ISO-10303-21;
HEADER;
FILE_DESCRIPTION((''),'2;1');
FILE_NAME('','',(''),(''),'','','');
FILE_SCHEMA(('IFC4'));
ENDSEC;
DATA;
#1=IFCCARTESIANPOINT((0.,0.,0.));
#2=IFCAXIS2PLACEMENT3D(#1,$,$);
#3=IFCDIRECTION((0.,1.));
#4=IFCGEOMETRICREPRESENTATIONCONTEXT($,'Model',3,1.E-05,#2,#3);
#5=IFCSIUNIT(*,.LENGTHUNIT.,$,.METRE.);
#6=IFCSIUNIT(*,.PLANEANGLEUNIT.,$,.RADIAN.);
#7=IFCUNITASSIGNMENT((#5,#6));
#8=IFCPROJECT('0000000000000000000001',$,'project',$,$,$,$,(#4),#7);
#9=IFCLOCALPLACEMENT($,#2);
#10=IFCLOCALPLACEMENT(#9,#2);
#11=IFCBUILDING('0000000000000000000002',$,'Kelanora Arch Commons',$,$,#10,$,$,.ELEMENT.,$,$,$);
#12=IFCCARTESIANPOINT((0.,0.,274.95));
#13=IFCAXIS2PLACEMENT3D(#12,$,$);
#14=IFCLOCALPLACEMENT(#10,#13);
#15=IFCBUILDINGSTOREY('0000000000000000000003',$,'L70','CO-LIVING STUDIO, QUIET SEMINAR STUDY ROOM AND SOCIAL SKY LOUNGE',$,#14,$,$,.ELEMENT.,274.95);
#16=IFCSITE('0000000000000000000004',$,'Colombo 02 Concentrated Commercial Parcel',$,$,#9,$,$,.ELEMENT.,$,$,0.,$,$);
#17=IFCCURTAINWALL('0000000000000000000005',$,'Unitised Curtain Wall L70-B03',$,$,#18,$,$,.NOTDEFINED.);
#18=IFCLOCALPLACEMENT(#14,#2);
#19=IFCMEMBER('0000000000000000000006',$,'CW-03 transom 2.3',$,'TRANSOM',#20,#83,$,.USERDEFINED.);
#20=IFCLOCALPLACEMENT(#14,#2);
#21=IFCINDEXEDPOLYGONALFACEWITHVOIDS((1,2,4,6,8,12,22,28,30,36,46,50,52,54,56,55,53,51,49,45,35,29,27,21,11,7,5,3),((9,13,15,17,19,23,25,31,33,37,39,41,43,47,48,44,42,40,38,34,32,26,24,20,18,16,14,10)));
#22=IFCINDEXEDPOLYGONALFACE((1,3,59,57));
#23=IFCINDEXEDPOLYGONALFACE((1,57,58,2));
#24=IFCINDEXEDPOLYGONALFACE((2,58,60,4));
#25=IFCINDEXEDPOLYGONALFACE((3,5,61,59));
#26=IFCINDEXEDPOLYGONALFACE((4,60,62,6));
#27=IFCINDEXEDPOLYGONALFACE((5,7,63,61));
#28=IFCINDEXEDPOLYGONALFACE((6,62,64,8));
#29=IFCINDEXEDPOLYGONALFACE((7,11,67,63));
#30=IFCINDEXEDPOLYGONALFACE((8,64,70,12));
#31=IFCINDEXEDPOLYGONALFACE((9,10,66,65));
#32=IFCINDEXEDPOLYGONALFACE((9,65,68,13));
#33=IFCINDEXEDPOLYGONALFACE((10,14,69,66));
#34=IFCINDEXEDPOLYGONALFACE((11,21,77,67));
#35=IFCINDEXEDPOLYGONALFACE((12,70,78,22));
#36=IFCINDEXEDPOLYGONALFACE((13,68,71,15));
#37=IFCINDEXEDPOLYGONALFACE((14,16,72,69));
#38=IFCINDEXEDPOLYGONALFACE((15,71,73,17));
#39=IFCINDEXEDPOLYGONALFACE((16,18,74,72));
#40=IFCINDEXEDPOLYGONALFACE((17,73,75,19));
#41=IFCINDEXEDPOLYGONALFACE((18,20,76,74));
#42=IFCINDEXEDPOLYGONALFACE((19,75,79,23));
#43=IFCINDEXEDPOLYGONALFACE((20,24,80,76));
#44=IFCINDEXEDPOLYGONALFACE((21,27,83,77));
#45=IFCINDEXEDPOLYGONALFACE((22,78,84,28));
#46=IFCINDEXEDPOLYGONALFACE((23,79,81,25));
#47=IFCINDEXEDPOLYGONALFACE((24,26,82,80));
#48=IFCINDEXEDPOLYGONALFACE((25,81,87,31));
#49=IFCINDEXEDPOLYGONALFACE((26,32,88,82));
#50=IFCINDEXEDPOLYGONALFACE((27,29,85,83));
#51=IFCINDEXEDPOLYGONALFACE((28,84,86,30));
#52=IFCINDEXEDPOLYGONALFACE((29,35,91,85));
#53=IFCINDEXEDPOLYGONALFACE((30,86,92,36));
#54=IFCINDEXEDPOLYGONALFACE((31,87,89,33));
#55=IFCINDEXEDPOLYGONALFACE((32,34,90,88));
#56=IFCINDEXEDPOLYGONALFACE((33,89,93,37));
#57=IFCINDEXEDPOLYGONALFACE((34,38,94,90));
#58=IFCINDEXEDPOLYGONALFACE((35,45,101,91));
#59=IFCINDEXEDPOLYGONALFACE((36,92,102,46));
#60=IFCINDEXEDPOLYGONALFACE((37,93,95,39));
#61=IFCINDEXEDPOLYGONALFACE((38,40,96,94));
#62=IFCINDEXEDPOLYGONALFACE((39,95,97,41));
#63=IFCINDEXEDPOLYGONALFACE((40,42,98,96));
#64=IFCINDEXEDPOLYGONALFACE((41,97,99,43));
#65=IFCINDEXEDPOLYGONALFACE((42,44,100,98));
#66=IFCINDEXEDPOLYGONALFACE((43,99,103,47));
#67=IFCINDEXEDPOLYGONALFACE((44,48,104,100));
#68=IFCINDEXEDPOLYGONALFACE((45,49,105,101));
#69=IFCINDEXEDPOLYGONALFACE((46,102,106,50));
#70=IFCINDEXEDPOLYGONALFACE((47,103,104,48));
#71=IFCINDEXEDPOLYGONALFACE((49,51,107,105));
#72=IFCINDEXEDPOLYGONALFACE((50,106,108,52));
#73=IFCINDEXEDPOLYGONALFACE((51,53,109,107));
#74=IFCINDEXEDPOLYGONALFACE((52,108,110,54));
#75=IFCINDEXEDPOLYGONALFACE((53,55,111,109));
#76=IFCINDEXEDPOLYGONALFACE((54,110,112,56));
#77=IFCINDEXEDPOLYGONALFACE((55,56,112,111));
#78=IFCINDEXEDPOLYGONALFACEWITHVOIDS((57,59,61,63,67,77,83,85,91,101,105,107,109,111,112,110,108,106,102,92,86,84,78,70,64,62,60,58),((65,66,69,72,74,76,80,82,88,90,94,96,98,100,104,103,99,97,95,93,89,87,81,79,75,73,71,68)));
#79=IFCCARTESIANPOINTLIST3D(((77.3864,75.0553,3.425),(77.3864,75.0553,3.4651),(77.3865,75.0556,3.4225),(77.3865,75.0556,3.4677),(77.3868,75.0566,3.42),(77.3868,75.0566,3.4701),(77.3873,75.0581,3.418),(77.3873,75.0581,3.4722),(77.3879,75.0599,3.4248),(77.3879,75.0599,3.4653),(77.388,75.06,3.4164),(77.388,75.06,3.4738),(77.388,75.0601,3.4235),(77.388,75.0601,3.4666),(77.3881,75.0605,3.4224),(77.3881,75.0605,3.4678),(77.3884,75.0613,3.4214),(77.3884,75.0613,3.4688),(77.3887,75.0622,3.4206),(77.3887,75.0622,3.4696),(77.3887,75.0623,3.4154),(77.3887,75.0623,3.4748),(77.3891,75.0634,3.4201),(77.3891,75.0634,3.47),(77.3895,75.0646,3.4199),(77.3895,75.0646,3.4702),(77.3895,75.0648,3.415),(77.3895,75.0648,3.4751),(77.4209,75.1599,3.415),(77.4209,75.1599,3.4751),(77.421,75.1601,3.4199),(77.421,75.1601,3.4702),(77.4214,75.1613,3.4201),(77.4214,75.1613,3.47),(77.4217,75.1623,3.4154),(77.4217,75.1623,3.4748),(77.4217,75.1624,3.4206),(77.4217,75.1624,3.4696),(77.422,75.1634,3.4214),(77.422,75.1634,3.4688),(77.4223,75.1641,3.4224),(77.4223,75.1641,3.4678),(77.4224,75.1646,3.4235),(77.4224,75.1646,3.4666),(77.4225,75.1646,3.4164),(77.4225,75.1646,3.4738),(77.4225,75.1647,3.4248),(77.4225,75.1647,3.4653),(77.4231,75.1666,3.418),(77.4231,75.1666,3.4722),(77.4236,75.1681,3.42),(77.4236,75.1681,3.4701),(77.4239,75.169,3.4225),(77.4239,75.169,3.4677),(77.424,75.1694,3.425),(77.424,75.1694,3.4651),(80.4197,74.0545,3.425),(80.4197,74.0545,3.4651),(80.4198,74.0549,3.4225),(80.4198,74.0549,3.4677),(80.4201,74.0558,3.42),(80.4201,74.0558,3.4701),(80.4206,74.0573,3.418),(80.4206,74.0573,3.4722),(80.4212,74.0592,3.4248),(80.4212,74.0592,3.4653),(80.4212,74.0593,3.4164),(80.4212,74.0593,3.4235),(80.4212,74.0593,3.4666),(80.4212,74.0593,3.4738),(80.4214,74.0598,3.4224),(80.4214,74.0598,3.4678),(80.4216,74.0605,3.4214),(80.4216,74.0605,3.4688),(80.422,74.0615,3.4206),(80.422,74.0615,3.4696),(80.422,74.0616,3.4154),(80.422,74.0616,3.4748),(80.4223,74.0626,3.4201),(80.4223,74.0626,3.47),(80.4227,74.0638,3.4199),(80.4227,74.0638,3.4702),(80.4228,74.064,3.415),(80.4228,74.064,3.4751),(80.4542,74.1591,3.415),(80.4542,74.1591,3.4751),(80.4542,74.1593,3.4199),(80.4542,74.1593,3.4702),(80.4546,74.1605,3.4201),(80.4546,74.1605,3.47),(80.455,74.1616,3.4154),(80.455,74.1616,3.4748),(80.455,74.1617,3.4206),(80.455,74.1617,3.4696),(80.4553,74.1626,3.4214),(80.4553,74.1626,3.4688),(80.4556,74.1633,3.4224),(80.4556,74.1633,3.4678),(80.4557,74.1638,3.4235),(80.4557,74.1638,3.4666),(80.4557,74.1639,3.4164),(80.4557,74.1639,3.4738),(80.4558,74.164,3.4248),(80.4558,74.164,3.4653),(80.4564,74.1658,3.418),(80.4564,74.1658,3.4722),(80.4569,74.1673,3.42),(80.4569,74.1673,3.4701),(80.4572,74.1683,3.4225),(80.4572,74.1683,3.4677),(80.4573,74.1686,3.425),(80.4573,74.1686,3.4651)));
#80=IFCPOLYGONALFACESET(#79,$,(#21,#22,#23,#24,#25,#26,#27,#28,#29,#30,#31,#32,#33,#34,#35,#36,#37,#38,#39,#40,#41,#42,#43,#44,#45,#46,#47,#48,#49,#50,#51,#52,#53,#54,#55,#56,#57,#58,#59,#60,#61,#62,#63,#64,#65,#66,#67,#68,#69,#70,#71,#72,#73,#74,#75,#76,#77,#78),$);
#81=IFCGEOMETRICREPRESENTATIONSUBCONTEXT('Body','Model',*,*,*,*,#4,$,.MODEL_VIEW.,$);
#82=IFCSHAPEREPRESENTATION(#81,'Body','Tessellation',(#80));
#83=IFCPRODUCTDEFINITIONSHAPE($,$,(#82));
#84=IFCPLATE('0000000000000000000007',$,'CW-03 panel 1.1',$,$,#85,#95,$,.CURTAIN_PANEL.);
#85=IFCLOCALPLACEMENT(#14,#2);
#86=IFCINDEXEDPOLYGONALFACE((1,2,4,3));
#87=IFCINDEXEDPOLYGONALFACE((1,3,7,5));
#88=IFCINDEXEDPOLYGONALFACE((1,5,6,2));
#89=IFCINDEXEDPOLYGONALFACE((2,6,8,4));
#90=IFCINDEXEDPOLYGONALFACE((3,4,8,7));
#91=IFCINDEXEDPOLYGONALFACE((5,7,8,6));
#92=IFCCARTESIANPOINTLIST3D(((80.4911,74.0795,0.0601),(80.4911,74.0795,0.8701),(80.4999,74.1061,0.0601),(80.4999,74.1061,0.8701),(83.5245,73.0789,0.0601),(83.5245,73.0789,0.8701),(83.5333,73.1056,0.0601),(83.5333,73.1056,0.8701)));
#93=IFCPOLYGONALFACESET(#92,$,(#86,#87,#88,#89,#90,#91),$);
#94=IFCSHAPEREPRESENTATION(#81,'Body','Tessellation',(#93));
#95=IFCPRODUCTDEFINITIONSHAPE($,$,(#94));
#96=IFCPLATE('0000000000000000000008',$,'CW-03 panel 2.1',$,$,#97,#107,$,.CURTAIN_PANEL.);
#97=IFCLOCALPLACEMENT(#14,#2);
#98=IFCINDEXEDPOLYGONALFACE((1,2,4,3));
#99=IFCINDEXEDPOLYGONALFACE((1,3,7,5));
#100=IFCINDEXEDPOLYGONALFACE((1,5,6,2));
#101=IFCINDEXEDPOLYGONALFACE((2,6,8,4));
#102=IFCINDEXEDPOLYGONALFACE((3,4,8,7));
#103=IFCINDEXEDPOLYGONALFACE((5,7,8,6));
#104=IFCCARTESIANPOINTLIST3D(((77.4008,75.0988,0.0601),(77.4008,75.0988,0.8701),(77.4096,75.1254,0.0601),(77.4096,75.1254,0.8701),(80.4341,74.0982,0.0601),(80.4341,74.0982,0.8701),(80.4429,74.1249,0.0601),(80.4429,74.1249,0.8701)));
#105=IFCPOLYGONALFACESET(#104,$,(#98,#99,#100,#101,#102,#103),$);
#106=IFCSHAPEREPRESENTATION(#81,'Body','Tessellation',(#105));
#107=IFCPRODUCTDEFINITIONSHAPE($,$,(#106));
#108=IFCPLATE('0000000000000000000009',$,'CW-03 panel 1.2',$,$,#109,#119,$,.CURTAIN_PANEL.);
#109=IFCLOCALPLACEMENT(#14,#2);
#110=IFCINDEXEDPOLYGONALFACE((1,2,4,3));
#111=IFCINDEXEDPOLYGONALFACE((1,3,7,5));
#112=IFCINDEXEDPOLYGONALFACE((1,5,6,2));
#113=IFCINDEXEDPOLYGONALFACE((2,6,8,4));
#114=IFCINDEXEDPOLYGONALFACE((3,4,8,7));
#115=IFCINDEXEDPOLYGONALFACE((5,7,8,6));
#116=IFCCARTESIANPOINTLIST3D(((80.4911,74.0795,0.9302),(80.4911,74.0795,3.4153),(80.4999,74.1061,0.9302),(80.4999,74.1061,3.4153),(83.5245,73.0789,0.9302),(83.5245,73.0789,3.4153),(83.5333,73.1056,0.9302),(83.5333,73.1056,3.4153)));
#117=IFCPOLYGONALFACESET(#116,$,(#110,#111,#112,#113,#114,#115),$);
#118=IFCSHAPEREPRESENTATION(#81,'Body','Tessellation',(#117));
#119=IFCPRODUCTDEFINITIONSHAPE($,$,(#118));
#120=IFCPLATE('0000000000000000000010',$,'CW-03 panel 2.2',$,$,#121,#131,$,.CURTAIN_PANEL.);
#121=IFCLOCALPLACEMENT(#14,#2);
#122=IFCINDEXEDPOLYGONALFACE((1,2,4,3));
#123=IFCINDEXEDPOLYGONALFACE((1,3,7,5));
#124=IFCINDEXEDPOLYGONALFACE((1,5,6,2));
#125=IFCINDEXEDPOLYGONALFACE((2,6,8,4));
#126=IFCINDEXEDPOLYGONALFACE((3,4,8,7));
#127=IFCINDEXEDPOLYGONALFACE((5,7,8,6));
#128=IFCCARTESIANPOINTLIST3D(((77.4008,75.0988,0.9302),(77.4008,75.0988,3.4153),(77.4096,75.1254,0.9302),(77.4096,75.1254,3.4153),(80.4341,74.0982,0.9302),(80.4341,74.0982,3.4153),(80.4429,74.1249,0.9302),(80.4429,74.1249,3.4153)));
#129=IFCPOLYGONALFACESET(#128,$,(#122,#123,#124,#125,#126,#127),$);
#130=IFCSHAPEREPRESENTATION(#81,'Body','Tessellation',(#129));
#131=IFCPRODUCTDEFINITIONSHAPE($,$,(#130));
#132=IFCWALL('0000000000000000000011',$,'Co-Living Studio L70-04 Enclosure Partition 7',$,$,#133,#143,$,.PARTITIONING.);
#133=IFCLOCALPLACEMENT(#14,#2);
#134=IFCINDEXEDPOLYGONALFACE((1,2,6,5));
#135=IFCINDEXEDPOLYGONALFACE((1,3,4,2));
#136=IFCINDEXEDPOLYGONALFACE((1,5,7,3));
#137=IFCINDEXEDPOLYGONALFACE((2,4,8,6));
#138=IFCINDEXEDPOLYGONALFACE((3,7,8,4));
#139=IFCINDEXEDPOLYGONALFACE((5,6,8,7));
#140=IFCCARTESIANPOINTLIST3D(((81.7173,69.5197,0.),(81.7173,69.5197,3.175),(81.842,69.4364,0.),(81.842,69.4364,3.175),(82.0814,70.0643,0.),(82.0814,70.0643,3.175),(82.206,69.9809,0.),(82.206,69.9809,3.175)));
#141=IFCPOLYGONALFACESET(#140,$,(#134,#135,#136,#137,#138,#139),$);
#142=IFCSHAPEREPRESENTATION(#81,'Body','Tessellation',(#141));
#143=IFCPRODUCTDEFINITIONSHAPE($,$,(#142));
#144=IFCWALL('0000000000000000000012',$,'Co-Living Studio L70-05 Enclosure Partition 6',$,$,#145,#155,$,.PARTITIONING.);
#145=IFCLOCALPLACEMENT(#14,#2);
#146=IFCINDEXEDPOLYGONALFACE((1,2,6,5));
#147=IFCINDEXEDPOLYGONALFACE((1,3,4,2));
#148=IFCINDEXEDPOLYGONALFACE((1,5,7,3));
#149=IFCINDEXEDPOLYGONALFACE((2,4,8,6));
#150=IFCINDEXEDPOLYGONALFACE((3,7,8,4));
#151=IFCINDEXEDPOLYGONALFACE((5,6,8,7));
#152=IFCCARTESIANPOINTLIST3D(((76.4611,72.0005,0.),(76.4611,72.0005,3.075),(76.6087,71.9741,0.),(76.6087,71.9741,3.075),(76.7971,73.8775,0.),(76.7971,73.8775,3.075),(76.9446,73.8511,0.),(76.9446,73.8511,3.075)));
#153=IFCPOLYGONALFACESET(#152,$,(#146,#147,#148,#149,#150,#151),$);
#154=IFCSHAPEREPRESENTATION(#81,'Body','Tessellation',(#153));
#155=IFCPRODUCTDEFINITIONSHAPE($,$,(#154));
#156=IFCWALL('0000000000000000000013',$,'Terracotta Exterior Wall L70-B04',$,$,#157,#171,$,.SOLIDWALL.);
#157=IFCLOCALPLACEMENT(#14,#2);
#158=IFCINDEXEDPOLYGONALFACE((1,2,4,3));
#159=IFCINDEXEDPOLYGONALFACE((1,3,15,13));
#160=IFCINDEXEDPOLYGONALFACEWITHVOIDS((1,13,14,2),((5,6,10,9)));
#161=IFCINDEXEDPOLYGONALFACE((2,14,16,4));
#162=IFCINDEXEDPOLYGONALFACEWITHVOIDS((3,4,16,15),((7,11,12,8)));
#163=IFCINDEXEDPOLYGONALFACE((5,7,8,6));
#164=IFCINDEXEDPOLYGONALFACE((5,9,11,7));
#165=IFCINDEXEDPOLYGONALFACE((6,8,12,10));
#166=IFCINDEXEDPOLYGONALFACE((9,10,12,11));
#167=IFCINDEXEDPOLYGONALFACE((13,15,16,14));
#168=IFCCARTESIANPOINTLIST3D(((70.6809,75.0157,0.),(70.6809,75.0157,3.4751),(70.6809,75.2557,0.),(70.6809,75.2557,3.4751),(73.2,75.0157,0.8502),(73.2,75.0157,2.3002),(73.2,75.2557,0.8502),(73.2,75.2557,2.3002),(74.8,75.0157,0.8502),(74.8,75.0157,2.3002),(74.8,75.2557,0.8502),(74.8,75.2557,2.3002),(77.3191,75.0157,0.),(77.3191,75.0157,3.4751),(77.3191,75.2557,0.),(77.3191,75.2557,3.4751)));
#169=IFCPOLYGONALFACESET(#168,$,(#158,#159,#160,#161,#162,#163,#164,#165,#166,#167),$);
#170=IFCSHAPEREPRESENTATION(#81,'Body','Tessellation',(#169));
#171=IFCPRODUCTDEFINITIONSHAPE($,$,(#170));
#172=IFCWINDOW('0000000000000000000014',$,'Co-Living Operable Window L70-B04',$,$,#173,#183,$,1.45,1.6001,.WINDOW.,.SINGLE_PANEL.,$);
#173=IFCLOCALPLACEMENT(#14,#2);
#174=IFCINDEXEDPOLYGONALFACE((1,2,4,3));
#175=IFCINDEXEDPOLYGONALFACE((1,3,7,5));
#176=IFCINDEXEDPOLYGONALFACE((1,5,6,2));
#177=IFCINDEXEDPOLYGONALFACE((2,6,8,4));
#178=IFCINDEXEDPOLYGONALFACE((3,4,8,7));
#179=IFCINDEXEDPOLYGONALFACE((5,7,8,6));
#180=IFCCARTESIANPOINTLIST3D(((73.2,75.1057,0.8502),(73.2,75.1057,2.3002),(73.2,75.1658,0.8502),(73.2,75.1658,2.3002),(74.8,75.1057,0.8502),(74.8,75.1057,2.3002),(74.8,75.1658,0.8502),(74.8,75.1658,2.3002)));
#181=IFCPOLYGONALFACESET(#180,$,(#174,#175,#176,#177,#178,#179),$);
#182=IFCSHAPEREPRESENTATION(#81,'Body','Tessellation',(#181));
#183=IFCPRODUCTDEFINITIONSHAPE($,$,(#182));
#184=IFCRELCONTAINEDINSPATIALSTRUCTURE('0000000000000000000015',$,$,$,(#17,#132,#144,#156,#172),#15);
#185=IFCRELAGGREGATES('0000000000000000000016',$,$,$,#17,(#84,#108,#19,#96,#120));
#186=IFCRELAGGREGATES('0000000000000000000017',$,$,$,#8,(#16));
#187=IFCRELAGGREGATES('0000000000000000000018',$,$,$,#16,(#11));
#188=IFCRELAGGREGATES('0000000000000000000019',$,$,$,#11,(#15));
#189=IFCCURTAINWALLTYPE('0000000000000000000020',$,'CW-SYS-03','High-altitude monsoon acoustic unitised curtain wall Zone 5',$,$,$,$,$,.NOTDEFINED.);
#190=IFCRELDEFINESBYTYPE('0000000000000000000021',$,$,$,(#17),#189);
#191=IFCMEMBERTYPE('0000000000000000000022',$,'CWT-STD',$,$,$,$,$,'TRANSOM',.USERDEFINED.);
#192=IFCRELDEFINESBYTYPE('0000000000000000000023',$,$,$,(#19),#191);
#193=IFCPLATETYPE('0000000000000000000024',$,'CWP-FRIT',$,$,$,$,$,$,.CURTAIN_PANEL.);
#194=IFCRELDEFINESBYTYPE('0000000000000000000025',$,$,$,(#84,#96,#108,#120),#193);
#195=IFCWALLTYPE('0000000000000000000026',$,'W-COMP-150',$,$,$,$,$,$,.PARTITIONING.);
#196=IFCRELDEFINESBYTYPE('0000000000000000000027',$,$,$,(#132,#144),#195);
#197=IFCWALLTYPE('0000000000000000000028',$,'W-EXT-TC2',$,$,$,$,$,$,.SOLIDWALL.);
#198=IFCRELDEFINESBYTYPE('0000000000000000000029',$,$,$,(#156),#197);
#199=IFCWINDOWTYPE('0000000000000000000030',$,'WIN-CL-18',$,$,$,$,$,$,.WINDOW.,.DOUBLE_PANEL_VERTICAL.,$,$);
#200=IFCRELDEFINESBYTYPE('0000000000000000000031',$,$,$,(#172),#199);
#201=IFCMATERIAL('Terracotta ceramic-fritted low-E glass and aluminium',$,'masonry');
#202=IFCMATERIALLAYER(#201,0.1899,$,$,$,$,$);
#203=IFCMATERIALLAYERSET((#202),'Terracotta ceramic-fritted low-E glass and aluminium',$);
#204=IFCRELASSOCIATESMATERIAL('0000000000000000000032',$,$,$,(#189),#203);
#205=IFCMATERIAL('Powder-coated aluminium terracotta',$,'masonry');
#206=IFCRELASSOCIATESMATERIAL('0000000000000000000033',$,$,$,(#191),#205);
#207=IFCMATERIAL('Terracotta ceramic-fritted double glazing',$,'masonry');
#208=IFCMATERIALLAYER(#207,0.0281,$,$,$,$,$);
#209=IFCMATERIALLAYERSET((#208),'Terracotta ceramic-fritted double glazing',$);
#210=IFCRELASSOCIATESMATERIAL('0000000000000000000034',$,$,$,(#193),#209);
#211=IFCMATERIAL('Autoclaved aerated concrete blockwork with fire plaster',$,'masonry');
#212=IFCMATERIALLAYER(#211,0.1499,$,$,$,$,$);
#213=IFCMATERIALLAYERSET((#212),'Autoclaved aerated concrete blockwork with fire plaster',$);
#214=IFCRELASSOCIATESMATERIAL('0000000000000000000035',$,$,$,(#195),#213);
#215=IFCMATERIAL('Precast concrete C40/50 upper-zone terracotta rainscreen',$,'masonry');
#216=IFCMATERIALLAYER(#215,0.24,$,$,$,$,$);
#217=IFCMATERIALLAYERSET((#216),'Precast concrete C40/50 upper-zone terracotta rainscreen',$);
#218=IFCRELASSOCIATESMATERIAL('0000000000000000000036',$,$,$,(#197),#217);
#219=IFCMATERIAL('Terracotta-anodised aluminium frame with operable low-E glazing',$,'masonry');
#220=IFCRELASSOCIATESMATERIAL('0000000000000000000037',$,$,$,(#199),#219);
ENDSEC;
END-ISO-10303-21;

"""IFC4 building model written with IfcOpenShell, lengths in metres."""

from ifc_helpers import new_model, si_unit, direction, frame, frame_2d, origin, origin_2d, place, context, subcontext, project, spatial, rectangle, hollow_rectangle, extrude, source, transform, mapped, material, layer, layer_set, material_profile, profile_set, type_object, element, fill, aggregate, save


model = new_model("IFC4")

# Units and contexts
model_context = context("Model", 3, precision=1e-05, world=origin(), true_north=direction((0.0, 1.0)))
body_context = subcontext(model_context, "Body", "Model", "MODEL_VIEW")
ifc_project = project(units=[si_unit("LENGTHUNIT", "METRE"), si_unit("PLANEANGLEUNIT", "RADIAN")], contexts=[model_context])

# Site, building, storey
site_placement = place(None, origin())
site = spatial("IfcSite", under=ifc_project, at=site_placement, Name="Colombo 02 Concentrated Commercial Parcel", CompositionType="ELEMENT", RefElevation=0.0)
building_placement = place(site_placement, origin())
building = spatial("IfcBuilding", under=site, at=building_placement, Name="Kelanora Arch Commons", CompositionType="ELEMENT")
storey_placement = place(building_placement, frame((0.0, 0.0, 274.95)))
storey = spatial("IfcBuildingStorey", under=building, at=storey_placement, Name="L70", Description="CO-LIVING STUDIO, QUIET SEMINAR STUDY ROOM AND SOCIAL SKY LOUNGE", CompositionType="ELEMENT", Elevation=274.95)

# Curtain wall, member, plates
ifc_material_1 = material(Name="Terracotta ceramic-fritted low-E glass and aluminium", Category="masonry")
ifc_layer_1 = layer(ifc_material_1, 0.1899)
ifc_layer_set_1 = layer_set([ifc_layer_1], Name="Terracotta ceramic-fritted low-E glass and aluminium")
curtain_wall_type = type_object("IfcCurtainWallType", Name="CW-SYS-03", Description="High-altitude monsoon acoustic unitised curtain wall Zone 5", PredefinedType="NOTDEFINED", material=ifc_layer_set_1)
curtain_wall_placement = place(storey_placement, origin())
curtain_wall = element("IfcCurtainWall", 1, at=curtain_wall_placement, inside=storey, type_object=curtain_wall_type, Name="Unitised Curtain Wall L70-B03", PredefinedType="NOTDEFINED")
ifc_material_2 = material(Name="Powder-coated aluminium terracotta", Category="masonry")
ifc_material_profile_1 = material_profile(ifc_material_2, hollow_rectangle(XDim=0.1201, YDim=0.0601, WallThickness=0.0049, InnerFilletRadius=0.0049, OuterFilletRadius=0.01, at=origin_2d()), Name="CWT120x60")
ifc_profile_set_1 = profile_set([ifc_material_profile_1], Name="Powder-coated aluminium terracotta")
member_type_1 = type_object("IfcMemberType", Name="CWT-STD", ElementType="TRANSOM", PredefinedType="USERDEFINED", material=ifc_profile_set_1)
member_1_placement = place(storey_placement, frame((80.4385, 74.1116, 3.4451), z_axis=(-0.94965, 0.313314, 0.0), x_axis=(-0.313314, -0.94965, 0.0)))
member_1 = element("IfcMember", 2, at=member_1_placement, type_object=member_type_1, Name="CW-03 transom 2.3", ObjectType="TRANSOM", PredefinedType="USERDEFINED", context=body_context, shape_type="SweptSolid", body=[
    extrude(hollow_rectangle(XDim=0.1201, YDim=0.0601, WallThickness=0.0049, InnerFilletRadius=0.0049, OuterFilletRadius=0.01, at=origin_2d()), origin(), (0.0, 0.0, 1.0), 3.1941),
])
ifc_material_3 = material(Name="Terracotta ceramic-fritted double glazing", Category="masonry")
ifc_layer_2 = layer(ifc_material_3, 0.0281)
ifc_layer_set_2 = layer_set([ifc_layer_2], Name="Terracotta ceramic-fritted double glazing")
plate_type = type_object("IfcPlateType", Name="CWP-FRIT", PredefinedType="CURTAIN_PANEL", material=ifc_layer_set_2)
shared_shape_1 = source(origin(), body_context, "Body", "SweptSolid", [
    extrude(rectangle(XDim=3.1941, YDim=0.0281, at=origin_2d()), origin(), (0.0, 0.0, 1.0), 0.8101),
])
plate_1_placement = place(storey_placement, frame((82.0122, 73.5925, 0.0601), z_axis=(0.0, 0.0, 1.0), x_axis=(-0.94967, 0.313253, 0.0)))
plate_1 = element("IfcPlate", 3, at=plate_1_placement, type_object=plate_type, Name="CW-03 panel 1.1", PredefinedType="CURTAIN_PANEL", context=body_context, shape_type="MappedRepresentation", body=[
    mapped(shared_shape_1, transform((0.0, 0.0, 0.0), scale=1.0)),
])
plate_2_placement = place(storey_placement, frame((78.9219, 74.6118, 0.0601), z_axis=(0.0, 0.0, 1.0), x_axis=(-0.94967, 0.313253, 0.0)))
plate_2 = element("IfcPlate", 4, at=plate_2_placement, type_object=plate_type, Name="CW-03 panel 2.1", PredefinedType="CURTAIN_PANEL", context=body_context, shape_type="MappedRepresentation", body=[
    mapped(shared_shape_1, transform((0.0, 0.0, 0.0), scale=1.0)),
])
shared_shape_2 = source(origin(), body_context, "Body", "SweptSolid", [
    extrude(rectangle(XDim=3.1941, YDim=0.0281, at=origin_2d()), origin(), (0.0, 0.0, 1.0), 2.4851),
])
plate_3_placement = place(storey_placement, frame((82.0122, 73.5925, 0.9302), z_axis=(0.0, 0.0, 1.0), x_axis=(-0.94967, 0.313253, 0.0)))
plate_3 = element("IfcPlate", 5, at=plate_3_placement, type_object=plate_type, Name="CW-03 panel 1.2", PredefinedType="CURTAIN_PANEL", context=body_context, shape_type="MappedRepresentation", body=[
    mapped(shared_shape_2, transform((0.0, 0.0, 0.0), scale=1.0)),
])
plate_4_placement = place(storey_placement, frame((78.9219, 74.6118, 0.9302), z_axis=(0.0, 0.0, 1.0), x_axis=(-0.94967, 0.313253, 0.0)))
plate_4 = element("IfcPlate", 6, at=plate_4_placement, type_object=plate_type, Name="CW-03 panel 2.2", PredefinedType="CURTAIN_PANEL", context=body_context, shape_type="MappedRepresentation", body=[
    mapped(shared_shape_2, transform((0.0, 0.0, 0.0), scale=1.0)),
])
aggregate(curtain_wall, [plate_1, plate_3, member_1, plate_2, plate_4])

# Walls
ifc_material_4 = material(Name="Autoclaved aerated concrete blockwork with fire plaster", Category="masonry")
ifc_layer_3 = layer(ifc_material_4, 0.1499)
ifc_layer_set_3 = layer_set([ifc_layer_3], Name="Autoclaved aerated concrete blockwork with fire plaster")
wall_type_1 = type_object("IfcWallType", Name="W-COMP-150", PredefinedType="PARTITIONING", material=ifc_layer_set_3)
wall_1_placement = place(storey_placement, frame((82.1438, 70.0227, 0.0), z_axis=(0.0, 0.0, 1.0), x_axis=(-0.555818, -0.831304, 0.0)))
element("IfcWall", 7, at=wall_1_placement, inside=storey, type_object=wall_type_1, Name="Co-Living Studio L70-04 Enclosure Partition 7", PredefinedType="PARTITIONING", context=body_context, shape_type="SweptSolid", body=[
    extrude(rectangle(XDim=0.655, YDim=0.1499, at=frame_2d((0.3276, 0.0))), origin(), (0.0, 0.0, 1.0), 3.175),
])
wall_2_placement = place(storey_placement, frame((76.8708, 73.8643, 0.0), z_axis=(0.0, 0.0, 1.0), x_axis=(-0.176181, -0.984358, 0.0)))
element("IfcWall", 8, at=wall_2_placement, inside=storey, type_object=wall_type_1, Name="Co-Living Studio L70-05 Enclosure Partition 6", PredefinedType="PARTITIONING", context=body_context, shape_type="SweptSolid", body=[
    extrude(rectangle(XDim=1.9067, YDim=0.1499, at=frame_2d((0.9534, 0.0))), origin(), (0.0, 0.0, 1.0), 3.075),
])

# Wall, opening, window
ifc_material_5 = material(Name="Precast concrete C40/50 upper-zone terracotta rainscreen", Category="masonry")
ifc_layer_4 = layer(ifc_material_5, 0.24)
ifc_layer_set_4 = layer_set([ifc_layer_4], Name="Precast concrete C40/50 upper-zone terracotta rainscreen")
wall_type_2 = type_object("IfcWallType", Name="W-EXT-TC2", PredefinedType="SOLIDWALL", material=ifc_layer_set_4)
wall_3_placement = place(storey_placement, frame((77.3191, 75.1357, 0.0), z_axis=(0.0, 0.0, 1.0), x_axis=(-1.0, 0.0, 0.0)))
wall_3 = element("IfcWall", 9, at=wall_3_placement, inside=storey, type_object=wall_type_2, Name="Terracotta Exterior Wall L70-B04", PredefinedType="SOLIDWALL", context=body_context, shape_type="SweptSolid", body=[
    extrude(rectangle(XDim=6.6382, YDim=0.24, at=frame_2d((3.3191, 0.0))), origin(), (0.0, 0.0, 1.0), 3.4751),
])
opening_placement = place(wall_3_placement, frame((2.519, 0.0, 0.8501)))
opening = element("IfcOpeningElement", 10, at=opening_placement, cuts=wall_3, PredefinedType="OPENING", context=body_context, shape_type="SweptSolid", body=[
    extrude(rectangle(XDim=1.6001, YDim=1.45, at=frame_2d((0.8, 0.7251))), frame((0.0, 0.1299, 0.0), z_axis=(0.0, -1.0, 0.0), x_axis=(1.0, 0.0, 0.0)), (0.0, 0.0, 1.0), 0.26),
])
ifc_material_6 = material(Name="Terracotta-anodised aluminium frame with operable low-E glazing", Category="masonry")
window_type = type_object("IfcWindowType", Name="WIN-CL-18", PartitioningType="DOUBLE_PANEL_VERTICAL", PredefinedType="WINDOW", material=ifc_material_6)
window_placement = place(opening_placement, origin())
window = element("IfcWindow", 11, at=window_placement, inside=storey, type_object=window_type, Name="Co-Living Operable Window L70-B04", OverallHeight=1.45, OverallWidth=1.6001, PartitioningType="SINGLE_PANEL", PredefinedType="WINDOW", context=body_context, shape_type="SweptSolid", body=[
    extrude(rectangle(XDim=1.6001, YDim=1.45, at=frame_2d((0.8, 0.7251))), frame((0.0, 0.03, 0.0), z_axis=(0.0, -1.0, 0.0), x_axis=(1.0, 0.0, 0.0)), (0.0, 0.0, 1.0), 0.0601),
])
fill(opening, window)

save(model, "model.ifc")
